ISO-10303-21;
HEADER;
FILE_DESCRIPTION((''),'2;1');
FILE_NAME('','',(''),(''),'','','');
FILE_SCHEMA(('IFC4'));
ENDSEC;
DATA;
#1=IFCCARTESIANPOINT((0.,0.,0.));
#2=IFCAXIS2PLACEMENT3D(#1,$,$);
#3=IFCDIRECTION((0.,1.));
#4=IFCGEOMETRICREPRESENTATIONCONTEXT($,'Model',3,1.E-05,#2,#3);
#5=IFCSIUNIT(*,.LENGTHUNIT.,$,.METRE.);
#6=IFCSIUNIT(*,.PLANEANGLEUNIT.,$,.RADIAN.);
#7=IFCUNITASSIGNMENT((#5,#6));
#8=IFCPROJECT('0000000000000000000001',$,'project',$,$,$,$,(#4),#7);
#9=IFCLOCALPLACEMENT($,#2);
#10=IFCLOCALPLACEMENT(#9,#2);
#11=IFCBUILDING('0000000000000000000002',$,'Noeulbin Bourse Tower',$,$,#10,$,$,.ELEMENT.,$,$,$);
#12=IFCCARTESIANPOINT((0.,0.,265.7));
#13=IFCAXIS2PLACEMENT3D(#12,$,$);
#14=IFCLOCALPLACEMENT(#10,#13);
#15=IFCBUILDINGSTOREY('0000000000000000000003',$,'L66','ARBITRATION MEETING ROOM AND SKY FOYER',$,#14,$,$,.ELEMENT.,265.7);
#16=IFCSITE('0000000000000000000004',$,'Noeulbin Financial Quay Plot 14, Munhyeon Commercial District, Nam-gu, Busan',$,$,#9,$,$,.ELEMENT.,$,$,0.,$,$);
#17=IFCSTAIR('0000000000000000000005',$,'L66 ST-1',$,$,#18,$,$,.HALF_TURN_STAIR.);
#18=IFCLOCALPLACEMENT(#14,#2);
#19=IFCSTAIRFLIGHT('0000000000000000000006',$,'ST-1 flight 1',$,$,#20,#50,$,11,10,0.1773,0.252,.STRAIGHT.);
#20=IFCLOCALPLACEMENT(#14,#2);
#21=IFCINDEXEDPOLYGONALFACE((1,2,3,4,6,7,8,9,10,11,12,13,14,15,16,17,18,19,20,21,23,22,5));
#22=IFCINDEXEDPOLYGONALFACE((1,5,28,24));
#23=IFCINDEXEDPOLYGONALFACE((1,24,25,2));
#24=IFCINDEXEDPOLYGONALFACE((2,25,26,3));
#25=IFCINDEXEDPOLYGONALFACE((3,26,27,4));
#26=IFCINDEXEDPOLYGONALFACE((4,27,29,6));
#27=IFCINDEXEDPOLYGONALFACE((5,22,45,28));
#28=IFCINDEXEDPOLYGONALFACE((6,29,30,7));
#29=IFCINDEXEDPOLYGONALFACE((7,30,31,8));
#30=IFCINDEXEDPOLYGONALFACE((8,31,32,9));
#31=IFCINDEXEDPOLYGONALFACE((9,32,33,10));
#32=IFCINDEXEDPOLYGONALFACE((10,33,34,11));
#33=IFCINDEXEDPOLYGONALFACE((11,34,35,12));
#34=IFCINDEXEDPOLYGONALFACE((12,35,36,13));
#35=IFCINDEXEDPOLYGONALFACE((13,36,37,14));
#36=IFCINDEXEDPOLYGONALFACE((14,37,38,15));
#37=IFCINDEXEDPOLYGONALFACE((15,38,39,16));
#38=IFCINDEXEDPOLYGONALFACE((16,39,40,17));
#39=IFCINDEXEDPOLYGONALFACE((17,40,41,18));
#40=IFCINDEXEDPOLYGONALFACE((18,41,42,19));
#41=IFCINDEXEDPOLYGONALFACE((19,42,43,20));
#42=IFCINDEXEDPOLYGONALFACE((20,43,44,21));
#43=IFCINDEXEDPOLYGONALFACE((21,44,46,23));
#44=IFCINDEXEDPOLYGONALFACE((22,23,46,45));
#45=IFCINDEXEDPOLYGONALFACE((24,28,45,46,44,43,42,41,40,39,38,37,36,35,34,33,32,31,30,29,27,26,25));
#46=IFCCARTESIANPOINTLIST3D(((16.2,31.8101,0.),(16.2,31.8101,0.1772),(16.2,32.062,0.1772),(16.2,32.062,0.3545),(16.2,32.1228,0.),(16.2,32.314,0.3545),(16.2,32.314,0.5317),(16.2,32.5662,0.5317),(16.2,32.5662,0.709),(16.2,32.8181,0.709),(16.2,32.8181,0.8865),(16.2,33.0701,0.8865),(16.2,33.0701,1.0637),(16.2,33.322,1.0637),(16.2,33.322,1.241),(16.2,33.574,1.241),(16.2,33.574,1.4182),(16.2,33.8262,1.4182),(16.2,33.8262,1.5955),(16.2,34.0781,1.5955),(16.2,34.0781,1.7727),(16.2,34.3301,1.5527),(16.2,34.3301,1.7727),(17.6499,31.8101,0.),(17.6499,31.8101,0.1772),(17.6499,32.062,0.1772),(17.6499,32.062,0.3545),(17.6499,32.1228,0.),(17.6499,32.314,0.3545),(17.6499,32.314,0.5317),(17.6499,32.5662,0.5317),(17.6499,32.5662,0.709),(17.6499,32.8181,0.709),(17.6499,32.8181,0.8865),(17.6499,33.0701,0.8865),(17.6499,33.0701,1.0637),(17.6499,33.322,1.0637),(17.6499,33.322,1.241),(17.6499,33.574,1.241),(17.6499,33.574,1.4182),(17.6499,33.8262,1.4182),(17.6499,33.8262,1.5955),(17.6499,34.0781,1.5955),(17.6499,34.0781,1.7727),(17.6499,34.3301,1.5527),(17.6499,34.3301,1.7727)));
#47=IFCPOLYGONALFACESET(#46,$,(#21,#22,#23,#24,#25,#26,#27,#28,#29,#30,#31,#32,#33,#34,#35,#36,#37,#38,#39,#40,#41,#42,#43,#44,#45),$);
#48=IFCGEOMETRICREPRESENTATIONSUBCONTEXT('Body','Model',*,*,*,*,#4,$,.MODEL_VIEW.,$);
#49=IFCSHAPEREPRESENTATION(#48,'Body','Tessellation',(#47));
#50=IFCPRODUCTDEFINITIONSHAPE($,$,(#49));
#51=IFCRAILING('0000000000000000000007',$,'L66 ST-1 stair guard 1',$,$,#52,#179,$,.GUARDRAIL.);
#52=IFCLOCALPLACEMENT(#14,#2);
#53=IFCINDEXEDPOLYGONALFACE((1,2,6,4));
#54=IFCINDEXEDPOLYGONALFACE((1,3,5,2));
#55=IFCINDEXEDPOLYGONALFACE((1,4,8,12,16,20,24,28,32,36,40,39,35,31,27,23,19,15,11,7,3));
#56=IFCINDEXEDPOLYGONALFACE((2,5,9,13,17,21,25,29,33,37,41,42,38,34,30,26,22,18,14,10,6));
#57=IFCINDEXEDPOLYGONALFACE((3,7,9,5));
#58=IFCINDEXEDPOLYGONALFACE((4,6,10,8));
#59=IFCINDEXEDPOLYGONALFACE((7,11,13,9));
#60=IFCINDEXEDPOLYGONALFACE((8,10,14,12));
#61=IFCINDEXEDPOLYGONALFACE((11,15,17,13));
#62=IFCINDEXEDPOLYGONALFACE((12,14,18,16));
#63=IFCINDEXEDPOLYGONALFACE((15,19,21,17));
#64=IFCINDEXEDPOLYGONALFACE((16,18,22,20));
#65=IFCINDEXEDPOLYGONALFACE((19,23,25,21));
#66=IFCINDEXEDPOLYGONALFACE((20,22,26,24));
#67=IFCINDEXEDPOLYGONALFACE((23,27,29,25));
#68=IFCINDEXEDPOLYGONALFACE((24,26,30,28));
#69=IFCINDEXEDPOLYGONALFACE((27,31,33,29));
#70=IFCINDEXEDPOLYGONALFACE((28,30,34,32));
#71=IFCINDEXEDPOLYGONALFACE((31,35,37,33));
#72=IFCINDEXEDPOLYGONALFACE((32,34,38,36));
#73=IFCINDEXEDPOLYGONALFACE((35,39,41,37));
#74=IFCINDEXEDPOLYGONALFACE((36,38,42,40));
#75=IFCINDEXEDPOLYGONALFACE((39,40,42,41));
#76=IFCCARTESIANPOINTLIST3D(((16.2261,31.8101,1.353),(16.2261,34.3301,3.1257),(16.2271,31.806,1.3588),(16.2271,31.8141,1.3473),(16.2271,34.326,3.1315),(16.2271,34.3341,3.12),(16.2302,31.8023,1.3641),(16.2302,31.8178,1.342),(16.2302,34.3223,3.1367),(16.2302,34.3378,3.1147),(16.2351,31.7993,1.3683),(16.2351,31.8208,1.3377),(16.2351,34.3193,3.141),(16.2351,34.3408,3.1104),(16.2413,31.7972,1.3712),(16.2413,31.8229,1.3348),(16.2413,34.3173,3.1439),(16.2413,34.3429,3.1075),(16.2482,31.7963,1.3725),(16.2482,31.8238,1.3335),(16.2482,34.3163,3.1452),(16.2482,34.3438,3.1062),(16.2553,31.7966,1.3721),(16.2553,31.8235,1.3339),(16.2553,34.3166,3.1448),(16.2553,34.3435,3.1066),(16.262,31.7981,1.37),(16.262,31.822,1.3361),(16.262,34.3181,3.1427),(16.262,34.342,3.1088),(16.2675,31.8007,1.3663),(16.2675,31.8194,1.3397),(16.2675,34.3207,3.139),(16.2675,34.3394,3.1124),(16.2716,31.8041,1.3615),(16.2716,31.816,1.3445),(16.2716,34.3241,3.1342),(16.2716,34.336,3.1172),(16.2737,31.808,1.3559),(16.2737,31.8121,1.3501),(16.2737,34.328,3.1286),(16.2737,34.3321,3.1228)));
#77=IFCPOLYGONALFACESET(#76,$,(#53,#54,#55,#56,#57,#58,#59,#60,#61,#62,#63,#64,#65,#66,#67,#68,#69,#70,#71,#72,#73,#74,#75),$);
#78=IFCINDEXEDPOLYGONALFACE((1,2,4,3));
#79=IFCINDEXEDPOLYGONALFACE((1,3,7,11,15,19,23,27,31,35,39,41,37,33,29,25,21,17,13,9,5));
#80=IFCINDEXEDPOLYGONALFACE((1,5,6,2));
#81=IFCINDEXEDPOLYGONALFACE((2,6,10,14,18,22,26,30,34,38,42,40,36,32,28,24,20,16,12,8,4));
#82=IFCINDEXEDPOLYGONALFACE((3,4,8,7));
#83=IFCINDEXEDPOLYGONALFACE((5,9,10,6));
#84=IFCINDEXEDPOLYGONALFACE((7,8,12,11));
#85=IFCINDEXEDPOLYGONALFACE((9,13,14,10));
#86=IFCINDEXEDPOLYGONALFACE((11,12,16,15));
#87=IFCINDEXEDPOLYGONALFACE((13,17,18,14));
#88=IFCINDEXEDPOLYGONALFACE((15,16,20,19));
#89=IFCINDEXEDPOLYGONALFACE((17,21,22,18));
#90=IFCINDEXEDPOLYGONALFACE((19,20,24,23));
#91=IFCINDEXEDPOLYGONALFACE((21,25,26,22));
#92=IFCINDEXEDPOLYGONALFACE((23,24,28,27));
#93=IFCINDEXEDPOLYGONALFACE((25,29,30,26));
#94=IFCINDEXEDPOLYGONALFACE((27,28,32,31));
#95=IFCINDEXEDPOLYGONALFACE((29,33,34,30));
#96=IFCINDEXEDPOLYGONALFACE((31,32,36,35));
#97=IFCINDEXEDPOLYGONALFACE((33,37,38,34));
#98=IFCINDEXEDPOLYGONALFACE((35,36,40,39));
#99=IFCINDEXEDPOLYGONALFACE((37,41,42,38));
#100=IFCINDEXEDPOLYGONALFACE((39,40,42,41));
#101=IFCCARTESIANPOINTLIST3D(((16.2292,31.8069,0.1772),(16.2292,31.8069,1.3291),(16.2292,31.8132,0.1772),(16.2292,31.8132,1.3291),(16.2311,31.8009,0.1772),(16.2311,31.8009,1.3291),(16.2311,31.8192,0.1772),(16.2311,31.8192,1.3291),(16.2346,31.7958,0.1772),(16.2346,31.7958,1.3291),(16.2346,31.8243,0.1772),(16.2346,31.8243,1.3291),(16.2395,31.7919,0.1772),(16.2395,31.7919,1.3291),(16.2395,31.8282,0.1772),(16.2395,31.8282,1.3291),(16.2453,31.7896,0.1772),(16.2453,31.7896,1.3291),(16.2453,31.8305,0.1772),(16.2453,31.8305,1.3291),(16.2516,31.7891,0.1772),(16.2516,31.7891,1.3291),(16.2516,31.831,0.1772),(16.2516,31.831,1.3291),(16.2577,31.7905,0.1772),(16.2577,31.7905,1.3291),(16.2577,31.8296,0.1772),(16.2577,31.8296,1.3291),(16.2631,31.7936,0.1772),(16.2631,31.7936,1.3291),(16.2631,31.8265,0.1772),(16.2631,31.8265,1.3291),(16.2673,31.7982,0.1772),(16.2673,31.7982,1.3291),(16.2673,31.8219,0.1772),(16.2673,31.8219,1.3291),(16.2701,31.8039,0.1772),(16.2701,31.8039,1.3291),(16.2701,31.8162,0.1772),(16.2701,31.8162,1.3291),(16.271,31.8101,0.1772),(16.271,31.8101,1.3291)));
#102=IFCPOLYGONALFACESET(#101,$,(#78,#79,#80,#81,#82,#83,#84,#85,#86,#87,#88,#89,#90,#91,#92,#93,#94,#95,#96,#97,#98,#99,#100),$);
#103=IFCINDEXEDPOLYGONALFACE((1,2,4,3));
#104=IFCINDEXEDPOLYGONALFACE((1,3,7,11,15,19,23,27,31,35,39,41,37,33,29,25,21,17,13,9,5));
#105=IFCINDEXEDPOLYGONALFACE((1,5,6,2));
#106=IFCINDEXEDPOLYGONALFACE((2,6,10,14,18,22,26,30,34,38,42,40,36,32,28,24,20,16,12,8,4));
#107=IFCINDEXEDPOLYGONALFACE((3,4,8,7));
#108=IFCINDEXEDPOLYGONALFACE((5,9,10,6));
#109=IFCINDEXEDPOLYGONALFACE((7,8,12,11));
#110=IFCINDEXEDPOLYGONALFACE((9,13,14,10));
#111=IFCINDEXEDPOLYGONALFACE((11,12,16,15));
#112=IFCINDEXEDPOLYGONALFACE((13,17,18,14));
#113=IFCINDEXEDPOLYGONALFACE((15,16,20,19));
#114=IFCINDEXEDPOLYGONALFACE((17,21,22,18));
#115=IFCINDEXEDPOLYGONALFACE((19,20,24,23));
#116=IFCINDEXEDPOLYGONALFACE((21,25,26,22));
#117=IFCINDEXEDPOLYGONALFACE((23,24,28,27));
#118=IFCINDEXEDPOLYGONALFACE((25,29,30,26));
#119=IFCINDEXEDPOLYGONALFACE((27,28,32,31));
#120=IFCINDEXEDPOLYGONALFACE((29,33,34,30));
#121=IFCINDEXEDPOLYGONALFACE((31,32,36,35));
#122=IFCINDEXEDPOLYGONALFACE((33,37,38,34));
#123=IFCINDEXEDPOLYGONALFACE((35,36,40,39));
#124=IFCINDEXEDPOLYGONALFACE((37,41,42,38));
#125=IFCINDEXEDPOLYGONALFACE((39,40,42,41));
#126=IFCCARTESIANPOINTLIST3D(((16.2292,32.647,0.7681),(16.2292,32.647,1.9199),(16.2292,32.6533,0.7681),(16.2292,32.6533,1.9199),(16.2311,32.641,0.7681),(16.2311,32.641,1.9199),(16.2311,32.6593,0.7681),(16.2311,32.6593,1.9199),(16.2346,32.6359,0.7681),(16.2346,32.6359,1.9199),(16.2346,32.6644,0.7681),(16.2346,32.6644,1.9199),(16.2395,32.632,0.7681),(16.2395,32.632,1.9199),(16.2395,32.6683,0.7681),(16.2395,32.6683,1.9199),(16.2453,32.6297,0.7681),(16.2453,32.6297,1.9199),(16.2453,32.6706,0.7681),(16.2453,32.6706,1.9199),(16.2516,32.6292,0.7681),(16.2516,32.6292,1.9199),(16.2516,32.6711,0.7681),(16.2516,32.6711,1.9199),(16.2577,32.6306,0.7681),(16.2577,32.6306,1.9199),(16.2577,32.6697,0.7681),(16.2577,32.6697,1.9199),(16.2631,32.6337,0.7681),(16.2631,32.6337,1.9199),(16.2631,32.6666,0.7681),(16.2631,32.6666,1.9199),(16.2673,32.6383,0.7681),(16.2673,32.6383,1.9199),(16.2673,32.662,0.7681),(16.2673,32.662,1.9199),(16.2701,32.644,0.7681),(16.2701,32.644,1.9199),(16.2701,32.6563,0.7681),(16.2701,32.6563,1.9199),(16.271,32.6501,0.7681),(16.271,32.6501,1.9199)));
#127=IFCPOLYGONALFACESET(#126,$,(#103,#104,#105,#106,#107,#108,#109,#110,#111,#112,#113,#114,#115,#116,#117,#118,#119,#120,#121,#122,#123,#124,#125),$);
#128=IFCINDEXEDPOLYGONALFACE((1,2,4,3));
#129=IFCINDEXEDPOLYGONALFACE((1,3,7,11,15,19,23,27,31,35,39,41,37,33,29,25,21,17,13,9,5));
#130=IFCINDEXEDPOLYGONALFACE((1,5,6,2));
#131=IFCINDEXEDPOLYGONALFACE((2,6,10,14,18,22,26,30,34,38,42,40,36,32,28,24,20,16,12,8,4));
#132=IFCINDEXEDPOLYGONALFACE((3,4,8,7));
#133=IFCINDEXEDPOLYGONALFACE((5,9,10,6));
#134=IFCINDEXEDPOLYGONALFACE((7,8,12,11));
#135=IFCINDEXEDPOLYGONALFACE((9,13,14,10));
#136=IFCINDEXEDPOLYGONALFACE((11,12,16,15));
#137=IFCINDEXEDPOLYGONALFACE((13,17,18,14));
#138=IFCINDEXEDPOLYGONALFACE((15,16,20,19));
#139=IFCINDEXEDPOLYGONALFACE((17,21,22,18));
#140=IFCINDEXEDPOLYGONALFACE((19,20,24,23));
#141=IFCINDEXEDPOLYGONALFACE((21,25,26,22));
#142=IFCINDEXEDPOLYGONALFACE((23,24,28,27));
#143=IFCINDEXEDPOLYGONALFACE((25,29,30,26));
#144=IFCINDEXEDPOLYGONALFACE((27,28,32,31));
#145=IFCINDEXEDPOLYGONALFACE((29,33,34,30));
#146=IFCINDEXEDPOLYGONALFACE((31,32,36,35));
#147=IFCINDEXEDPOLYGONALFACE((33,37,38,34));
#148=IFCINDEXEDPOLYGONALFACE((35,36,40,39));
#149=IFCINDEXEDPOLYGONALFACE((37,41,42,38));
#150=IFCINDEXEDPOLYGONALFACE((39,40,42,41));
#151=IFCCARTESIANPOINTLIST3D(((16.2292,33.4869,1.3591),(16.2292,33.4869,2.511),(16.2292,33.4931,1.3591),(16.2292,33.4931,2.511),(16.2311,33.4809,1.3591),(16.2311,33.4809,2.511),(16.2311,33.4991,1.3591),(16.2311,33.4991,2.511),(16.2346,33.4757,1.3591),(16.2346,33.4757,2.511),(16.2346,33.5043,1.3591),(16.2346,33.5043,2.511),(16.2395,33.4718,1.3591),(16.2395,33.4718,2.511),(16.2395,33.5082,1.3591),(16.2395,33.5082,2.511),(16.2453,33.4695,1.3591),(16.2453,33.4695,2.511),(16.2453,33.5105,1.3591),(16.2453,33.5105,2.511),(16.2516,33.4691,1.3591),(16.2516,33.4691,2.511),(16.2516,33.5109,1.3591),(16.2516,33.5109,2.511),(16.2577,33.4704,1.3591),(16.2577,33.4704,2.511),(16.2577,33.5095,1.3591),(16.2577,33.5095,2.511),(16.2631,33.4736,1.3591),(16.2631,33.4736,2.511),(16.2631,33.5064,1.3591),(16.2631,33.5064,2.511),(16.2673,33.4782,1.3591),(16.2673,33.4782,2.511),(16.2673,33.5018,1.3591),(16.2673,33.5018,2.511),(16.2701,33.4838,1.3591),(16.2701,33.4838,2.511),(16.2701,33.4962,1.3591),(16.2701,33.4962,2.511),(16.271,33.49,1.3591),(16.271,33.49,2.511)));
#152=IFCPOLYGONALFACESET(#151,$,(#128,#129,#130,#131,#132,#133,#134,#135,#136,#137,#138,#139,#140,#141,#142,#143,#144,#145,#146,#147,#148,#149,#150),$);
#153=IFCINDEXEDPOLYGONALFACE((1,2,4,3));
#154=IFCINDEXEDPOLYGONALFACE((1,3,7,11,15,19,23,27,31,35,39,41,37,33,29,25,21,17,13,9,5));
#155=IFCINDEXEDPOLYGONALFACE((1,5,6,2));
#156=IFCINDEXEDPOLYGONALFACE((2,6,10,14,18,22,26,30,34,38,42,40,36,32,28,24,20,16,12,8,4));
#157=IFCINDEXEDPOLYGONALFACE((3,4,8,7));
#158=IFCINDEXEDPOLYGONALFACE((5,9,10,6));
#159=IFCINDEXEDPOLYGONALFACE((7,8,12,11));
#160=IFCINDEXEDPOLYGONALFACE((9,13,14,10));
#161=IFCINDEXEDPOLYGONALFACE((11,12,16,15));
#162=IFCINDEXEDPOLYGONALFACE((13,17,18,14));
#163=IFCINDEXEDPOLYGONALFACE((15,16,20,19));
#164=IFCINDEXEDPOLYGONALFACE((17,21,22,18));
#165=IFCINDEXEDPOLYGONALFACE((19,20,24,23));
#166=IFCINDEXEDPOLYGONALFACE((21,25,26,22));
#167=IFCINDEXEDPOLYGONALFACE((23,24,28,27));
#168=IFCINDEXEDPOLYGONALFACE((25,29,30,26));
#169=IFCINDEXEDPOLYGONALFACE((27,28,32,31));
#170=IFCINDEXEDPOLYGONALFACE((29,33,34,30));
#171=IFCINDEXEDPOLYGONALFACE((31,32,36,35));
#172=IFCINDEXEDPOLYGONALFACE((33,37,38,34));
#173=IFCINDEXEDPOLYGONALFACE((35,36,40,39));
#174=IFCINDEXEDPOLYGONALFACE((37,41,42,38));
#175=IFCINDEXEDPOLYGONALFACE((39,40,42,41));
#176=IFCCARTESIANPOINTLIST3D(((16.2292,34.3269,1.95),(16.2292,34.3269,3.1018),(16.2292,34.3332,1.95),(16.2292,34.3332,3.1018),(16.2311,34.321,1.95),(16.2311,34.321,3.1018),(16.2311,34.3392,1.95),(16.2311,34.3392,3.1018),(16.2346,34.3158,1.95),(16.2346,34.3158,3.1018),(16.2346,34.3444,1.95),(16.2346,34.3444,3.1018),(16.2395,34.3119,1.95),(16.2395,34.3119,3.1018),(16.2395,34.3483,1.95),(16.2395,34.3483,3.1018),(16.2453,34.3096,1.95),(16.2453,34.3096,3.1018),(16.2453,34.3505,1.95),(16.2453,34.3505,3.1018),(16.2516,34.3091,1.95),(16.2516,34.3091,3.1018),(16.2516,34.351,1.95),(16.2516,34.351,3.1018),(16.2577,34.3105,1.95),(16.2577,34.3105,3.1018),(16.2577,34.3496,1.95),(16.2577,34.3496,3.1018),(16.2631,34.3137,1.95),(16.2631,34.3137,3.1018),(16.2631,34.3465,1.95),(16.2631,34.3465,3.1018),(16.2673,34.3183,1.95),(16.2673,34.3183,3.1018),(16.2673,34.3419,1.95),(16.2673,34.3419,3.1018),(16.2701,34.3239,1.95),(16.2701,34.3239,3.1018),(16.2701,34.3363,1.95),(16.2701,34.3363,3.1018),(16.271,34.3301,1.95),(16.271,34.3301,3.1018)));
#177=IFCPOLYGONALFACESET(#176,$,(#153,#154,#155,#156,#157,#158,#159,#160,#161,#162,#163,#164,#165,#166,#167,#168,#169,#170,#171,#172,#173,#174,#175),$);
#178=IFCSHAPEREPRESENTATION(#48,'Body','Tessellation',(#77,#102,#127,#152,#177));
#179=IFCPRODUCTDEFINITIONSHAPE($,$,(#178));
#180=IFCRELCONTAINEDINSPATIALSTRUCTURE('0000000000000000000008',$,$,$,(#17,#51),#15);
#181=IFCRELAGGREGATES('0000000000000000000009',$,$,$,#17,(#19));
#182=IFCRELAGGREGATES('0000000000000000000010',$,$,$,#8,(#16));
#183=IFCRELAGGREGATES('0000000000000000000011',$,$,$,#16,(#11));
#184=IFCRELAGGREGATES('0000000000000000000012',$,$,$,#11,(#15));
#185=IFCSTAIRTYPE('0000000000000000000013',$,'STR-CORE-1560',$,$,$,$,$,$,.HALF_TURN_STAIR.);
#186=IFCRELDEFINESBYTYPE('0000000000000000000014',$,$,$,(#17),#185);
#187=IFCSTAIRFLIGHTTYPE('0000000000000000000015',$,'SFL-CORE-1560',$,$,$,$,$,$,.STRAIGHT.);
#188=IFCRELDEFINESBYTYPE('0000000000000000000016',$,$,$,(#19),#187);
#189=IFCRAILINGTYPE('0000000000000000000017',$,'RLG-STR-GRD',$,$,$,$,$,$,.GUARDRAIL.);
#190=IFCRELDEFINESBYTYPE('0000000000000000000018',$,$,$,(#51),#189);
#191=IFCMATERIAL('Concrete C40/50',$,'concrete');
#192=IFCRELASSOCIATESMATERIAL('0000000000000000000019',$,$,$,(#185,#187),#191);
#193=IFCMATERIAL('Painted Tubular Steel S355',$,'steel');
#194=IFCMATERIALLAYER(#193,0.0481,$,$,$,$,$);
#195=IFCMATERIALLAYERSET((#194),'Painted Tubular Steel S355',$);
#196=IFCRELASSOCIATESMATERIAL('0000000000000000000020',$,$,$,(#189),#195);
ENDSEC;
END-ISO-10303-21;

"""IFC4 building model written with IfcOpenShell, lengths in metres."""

from ifc_helpers import new_model, si_unit, direction, frame, origin, origin_2d, place, context, subcontext, project, spatial, polyline, circle, outline, extrude, material, layer, layer_set, type_object, element, aggregate, save


model = new_model("IFC4")

# Units and contexts
model_context = context("Model", 3, precision=1e-05, world=origin(), true_north=direction((0.0, 1.0)))
body_context = subcontext(model_context, "Body", "Model", "MODEL_VIEW")
ifc_project = project(units=[si_unit("LENGTHUNIT", "METRE"), si_unit("PLANEANGLEUNIT", "RADIAN")], contexts=[model_context])

# Site, building, storey
site_placement = place(None, origin())
site = spatial("IfcSite", under=ifc_project, at=site_placement, Name="Noeulbin Financial Quay Plot 14, Munhyeon Commercial District, Nam-gu, Busan", CompositionType="ELEMENT", RefElevation=0.0)
building_placement = place(site_placement, origin())
building = spatial("IfcBuilding", under=site, at=building_placement, Name="Noeulbin Bourse Tower", CompositionType="ELEMENT")
storey_placement = place(building_placement, frame((0.0, 0.0, 265.7)))
storey = spatial("IfcBuildingStorey", under=building, at=storey_placement, Name="L66", Description="ARBITRATION MEETING ROOM AND SKY FOYER", CompositionType="ELEMENT", Elevation=265.7)

# Shared definitions
ifc_material_1 = material(Name="Concrete C40/50", Category="concrete")

# Stair, stair flight
stair_type = type_object("IfcStairType", Name="STR-CORE-1560", PredefinedType="HALF_TURN_STAIR", material=ifc_material_1)
stair_placement = place(storey_placement, origin())
stair = element("IfcStair", 1, at=stair_placement, inside=storey, type_object=stair_type, Name="L66 ST-1", PredefinedType="HALF_TURN_STAIR")
stair_flight_type = type_object("IfcStairFlightType", Name="SFL-CORE-1560", PredefinedType="STRAIGHT", material=ifc_material_1)
stair_flight_placement = place(storey_placement, frame((16.925, 31.8101, 0.0), z_axis=(0.0, 0.0, 1.0), x_axis=(0.0, 1.0, 0.0)))
stair_flight = element("IfcStairFlight", 2, at=stair_flight_placement, type_object=stair_flight_type, Name="ST-1 flight 1", NumberOfRisers=11, NumberOfTreads=10, PredefinedType="STRAIGHT", RiserHeight=0.1773, TreadLength=0.252, context=body_context, shape_type="SweptSolid", body=[
    extrude(outline(polyline([(0.0, 0.0), (0.0, 0.1772), (0.252, 0.1772), (0.252, 0.3545), (0.5039, 0.3545), (0.5039, 0.5317), (0.7561, 0.5317), (0.7561, 0.709), (1.0081, 0.709), (1.0081, 0.8865), (1.26, 0.8865), (1.26, 1.0637), (1.512, 1.0637), (1.512, 1.241), (1.7639, 1.241), (1.7639, 1.4182), (2.0161, 1.4182), (2.0161, 1.5955), (2.2681, 1.5955), (2.2681, 1.7727), (2.52, 1.7727), (2.52, 1.95), (2.52, 1.5527), (0.3127, 0.0), (0.0, 0.0)])), frame((0.0, 0.7251, 0.0), z_axis=(0.0, -1.0, 0.0), x_axis=(1.0, 0.0, 0.0)), (0.0, 0.0, 1.0), 1.45),
])
aggregate(stair, [stair_flight])

# Railing
ifc_material_2 = material(Name="Painted Tubular Steel S355", Category="steel")
ifc_layer_1 = layer(ifc_material_2, 0.0481)
ifc_layer_set_1 = layer_set([ifc_layer_1], Name="Painted Tubular Steel S355")
railing_type_1 = type_object("IfcRailingType", Name="RLG-STR-GRD", PredefinedType="GUARDRAIL", material=ifc_layer_set_1)
railing_1_placement = place(storey_placement, frame((16.25, 31.8101, 0.1772)))
element("IfcRailing", 3, at=railing_1_placement, inside=storey, type_object=railing_type_1, Name="L66 ST-1 stair guard 1", PredefinedType="GUARDRAIL", context=body_context, shape_type="SweptSolid", body=[
    extrude(circle(Radius=0.0239, at=origin_2d()), frame((0.0, 0.0, 1.1758), z_axis=(0.0, 0.817904, 0.575354), x_axis=(-1.0, 0.0, 0.0)), (0.0, 0.0, 1.0), 3.0811),
    extrude(circle(Radius=0.021, at=origin_2d()), origin(), (0.0, 0.0, 1.0), 1.1519),
    extrude(circle(Radius=0.021, at=origin_2d()), frame((0.0, 0.8401, 0.5908)), (0.0, 0.0, 1.0), 1.1519),
    extrude(circle(Radius=0.021, at=origin_2d()), frame((0.0, 1.6799, 1.1819)), (0.0, 0.0, 1.0), 1.1519),
    extrude(circle(Radius=0.021, at=origin_2d()), frame((0.0, 2.52, 1.7727)), (0.0, 0.0, 1.0), 1.1519),
])

save(model, "model.ifc")
